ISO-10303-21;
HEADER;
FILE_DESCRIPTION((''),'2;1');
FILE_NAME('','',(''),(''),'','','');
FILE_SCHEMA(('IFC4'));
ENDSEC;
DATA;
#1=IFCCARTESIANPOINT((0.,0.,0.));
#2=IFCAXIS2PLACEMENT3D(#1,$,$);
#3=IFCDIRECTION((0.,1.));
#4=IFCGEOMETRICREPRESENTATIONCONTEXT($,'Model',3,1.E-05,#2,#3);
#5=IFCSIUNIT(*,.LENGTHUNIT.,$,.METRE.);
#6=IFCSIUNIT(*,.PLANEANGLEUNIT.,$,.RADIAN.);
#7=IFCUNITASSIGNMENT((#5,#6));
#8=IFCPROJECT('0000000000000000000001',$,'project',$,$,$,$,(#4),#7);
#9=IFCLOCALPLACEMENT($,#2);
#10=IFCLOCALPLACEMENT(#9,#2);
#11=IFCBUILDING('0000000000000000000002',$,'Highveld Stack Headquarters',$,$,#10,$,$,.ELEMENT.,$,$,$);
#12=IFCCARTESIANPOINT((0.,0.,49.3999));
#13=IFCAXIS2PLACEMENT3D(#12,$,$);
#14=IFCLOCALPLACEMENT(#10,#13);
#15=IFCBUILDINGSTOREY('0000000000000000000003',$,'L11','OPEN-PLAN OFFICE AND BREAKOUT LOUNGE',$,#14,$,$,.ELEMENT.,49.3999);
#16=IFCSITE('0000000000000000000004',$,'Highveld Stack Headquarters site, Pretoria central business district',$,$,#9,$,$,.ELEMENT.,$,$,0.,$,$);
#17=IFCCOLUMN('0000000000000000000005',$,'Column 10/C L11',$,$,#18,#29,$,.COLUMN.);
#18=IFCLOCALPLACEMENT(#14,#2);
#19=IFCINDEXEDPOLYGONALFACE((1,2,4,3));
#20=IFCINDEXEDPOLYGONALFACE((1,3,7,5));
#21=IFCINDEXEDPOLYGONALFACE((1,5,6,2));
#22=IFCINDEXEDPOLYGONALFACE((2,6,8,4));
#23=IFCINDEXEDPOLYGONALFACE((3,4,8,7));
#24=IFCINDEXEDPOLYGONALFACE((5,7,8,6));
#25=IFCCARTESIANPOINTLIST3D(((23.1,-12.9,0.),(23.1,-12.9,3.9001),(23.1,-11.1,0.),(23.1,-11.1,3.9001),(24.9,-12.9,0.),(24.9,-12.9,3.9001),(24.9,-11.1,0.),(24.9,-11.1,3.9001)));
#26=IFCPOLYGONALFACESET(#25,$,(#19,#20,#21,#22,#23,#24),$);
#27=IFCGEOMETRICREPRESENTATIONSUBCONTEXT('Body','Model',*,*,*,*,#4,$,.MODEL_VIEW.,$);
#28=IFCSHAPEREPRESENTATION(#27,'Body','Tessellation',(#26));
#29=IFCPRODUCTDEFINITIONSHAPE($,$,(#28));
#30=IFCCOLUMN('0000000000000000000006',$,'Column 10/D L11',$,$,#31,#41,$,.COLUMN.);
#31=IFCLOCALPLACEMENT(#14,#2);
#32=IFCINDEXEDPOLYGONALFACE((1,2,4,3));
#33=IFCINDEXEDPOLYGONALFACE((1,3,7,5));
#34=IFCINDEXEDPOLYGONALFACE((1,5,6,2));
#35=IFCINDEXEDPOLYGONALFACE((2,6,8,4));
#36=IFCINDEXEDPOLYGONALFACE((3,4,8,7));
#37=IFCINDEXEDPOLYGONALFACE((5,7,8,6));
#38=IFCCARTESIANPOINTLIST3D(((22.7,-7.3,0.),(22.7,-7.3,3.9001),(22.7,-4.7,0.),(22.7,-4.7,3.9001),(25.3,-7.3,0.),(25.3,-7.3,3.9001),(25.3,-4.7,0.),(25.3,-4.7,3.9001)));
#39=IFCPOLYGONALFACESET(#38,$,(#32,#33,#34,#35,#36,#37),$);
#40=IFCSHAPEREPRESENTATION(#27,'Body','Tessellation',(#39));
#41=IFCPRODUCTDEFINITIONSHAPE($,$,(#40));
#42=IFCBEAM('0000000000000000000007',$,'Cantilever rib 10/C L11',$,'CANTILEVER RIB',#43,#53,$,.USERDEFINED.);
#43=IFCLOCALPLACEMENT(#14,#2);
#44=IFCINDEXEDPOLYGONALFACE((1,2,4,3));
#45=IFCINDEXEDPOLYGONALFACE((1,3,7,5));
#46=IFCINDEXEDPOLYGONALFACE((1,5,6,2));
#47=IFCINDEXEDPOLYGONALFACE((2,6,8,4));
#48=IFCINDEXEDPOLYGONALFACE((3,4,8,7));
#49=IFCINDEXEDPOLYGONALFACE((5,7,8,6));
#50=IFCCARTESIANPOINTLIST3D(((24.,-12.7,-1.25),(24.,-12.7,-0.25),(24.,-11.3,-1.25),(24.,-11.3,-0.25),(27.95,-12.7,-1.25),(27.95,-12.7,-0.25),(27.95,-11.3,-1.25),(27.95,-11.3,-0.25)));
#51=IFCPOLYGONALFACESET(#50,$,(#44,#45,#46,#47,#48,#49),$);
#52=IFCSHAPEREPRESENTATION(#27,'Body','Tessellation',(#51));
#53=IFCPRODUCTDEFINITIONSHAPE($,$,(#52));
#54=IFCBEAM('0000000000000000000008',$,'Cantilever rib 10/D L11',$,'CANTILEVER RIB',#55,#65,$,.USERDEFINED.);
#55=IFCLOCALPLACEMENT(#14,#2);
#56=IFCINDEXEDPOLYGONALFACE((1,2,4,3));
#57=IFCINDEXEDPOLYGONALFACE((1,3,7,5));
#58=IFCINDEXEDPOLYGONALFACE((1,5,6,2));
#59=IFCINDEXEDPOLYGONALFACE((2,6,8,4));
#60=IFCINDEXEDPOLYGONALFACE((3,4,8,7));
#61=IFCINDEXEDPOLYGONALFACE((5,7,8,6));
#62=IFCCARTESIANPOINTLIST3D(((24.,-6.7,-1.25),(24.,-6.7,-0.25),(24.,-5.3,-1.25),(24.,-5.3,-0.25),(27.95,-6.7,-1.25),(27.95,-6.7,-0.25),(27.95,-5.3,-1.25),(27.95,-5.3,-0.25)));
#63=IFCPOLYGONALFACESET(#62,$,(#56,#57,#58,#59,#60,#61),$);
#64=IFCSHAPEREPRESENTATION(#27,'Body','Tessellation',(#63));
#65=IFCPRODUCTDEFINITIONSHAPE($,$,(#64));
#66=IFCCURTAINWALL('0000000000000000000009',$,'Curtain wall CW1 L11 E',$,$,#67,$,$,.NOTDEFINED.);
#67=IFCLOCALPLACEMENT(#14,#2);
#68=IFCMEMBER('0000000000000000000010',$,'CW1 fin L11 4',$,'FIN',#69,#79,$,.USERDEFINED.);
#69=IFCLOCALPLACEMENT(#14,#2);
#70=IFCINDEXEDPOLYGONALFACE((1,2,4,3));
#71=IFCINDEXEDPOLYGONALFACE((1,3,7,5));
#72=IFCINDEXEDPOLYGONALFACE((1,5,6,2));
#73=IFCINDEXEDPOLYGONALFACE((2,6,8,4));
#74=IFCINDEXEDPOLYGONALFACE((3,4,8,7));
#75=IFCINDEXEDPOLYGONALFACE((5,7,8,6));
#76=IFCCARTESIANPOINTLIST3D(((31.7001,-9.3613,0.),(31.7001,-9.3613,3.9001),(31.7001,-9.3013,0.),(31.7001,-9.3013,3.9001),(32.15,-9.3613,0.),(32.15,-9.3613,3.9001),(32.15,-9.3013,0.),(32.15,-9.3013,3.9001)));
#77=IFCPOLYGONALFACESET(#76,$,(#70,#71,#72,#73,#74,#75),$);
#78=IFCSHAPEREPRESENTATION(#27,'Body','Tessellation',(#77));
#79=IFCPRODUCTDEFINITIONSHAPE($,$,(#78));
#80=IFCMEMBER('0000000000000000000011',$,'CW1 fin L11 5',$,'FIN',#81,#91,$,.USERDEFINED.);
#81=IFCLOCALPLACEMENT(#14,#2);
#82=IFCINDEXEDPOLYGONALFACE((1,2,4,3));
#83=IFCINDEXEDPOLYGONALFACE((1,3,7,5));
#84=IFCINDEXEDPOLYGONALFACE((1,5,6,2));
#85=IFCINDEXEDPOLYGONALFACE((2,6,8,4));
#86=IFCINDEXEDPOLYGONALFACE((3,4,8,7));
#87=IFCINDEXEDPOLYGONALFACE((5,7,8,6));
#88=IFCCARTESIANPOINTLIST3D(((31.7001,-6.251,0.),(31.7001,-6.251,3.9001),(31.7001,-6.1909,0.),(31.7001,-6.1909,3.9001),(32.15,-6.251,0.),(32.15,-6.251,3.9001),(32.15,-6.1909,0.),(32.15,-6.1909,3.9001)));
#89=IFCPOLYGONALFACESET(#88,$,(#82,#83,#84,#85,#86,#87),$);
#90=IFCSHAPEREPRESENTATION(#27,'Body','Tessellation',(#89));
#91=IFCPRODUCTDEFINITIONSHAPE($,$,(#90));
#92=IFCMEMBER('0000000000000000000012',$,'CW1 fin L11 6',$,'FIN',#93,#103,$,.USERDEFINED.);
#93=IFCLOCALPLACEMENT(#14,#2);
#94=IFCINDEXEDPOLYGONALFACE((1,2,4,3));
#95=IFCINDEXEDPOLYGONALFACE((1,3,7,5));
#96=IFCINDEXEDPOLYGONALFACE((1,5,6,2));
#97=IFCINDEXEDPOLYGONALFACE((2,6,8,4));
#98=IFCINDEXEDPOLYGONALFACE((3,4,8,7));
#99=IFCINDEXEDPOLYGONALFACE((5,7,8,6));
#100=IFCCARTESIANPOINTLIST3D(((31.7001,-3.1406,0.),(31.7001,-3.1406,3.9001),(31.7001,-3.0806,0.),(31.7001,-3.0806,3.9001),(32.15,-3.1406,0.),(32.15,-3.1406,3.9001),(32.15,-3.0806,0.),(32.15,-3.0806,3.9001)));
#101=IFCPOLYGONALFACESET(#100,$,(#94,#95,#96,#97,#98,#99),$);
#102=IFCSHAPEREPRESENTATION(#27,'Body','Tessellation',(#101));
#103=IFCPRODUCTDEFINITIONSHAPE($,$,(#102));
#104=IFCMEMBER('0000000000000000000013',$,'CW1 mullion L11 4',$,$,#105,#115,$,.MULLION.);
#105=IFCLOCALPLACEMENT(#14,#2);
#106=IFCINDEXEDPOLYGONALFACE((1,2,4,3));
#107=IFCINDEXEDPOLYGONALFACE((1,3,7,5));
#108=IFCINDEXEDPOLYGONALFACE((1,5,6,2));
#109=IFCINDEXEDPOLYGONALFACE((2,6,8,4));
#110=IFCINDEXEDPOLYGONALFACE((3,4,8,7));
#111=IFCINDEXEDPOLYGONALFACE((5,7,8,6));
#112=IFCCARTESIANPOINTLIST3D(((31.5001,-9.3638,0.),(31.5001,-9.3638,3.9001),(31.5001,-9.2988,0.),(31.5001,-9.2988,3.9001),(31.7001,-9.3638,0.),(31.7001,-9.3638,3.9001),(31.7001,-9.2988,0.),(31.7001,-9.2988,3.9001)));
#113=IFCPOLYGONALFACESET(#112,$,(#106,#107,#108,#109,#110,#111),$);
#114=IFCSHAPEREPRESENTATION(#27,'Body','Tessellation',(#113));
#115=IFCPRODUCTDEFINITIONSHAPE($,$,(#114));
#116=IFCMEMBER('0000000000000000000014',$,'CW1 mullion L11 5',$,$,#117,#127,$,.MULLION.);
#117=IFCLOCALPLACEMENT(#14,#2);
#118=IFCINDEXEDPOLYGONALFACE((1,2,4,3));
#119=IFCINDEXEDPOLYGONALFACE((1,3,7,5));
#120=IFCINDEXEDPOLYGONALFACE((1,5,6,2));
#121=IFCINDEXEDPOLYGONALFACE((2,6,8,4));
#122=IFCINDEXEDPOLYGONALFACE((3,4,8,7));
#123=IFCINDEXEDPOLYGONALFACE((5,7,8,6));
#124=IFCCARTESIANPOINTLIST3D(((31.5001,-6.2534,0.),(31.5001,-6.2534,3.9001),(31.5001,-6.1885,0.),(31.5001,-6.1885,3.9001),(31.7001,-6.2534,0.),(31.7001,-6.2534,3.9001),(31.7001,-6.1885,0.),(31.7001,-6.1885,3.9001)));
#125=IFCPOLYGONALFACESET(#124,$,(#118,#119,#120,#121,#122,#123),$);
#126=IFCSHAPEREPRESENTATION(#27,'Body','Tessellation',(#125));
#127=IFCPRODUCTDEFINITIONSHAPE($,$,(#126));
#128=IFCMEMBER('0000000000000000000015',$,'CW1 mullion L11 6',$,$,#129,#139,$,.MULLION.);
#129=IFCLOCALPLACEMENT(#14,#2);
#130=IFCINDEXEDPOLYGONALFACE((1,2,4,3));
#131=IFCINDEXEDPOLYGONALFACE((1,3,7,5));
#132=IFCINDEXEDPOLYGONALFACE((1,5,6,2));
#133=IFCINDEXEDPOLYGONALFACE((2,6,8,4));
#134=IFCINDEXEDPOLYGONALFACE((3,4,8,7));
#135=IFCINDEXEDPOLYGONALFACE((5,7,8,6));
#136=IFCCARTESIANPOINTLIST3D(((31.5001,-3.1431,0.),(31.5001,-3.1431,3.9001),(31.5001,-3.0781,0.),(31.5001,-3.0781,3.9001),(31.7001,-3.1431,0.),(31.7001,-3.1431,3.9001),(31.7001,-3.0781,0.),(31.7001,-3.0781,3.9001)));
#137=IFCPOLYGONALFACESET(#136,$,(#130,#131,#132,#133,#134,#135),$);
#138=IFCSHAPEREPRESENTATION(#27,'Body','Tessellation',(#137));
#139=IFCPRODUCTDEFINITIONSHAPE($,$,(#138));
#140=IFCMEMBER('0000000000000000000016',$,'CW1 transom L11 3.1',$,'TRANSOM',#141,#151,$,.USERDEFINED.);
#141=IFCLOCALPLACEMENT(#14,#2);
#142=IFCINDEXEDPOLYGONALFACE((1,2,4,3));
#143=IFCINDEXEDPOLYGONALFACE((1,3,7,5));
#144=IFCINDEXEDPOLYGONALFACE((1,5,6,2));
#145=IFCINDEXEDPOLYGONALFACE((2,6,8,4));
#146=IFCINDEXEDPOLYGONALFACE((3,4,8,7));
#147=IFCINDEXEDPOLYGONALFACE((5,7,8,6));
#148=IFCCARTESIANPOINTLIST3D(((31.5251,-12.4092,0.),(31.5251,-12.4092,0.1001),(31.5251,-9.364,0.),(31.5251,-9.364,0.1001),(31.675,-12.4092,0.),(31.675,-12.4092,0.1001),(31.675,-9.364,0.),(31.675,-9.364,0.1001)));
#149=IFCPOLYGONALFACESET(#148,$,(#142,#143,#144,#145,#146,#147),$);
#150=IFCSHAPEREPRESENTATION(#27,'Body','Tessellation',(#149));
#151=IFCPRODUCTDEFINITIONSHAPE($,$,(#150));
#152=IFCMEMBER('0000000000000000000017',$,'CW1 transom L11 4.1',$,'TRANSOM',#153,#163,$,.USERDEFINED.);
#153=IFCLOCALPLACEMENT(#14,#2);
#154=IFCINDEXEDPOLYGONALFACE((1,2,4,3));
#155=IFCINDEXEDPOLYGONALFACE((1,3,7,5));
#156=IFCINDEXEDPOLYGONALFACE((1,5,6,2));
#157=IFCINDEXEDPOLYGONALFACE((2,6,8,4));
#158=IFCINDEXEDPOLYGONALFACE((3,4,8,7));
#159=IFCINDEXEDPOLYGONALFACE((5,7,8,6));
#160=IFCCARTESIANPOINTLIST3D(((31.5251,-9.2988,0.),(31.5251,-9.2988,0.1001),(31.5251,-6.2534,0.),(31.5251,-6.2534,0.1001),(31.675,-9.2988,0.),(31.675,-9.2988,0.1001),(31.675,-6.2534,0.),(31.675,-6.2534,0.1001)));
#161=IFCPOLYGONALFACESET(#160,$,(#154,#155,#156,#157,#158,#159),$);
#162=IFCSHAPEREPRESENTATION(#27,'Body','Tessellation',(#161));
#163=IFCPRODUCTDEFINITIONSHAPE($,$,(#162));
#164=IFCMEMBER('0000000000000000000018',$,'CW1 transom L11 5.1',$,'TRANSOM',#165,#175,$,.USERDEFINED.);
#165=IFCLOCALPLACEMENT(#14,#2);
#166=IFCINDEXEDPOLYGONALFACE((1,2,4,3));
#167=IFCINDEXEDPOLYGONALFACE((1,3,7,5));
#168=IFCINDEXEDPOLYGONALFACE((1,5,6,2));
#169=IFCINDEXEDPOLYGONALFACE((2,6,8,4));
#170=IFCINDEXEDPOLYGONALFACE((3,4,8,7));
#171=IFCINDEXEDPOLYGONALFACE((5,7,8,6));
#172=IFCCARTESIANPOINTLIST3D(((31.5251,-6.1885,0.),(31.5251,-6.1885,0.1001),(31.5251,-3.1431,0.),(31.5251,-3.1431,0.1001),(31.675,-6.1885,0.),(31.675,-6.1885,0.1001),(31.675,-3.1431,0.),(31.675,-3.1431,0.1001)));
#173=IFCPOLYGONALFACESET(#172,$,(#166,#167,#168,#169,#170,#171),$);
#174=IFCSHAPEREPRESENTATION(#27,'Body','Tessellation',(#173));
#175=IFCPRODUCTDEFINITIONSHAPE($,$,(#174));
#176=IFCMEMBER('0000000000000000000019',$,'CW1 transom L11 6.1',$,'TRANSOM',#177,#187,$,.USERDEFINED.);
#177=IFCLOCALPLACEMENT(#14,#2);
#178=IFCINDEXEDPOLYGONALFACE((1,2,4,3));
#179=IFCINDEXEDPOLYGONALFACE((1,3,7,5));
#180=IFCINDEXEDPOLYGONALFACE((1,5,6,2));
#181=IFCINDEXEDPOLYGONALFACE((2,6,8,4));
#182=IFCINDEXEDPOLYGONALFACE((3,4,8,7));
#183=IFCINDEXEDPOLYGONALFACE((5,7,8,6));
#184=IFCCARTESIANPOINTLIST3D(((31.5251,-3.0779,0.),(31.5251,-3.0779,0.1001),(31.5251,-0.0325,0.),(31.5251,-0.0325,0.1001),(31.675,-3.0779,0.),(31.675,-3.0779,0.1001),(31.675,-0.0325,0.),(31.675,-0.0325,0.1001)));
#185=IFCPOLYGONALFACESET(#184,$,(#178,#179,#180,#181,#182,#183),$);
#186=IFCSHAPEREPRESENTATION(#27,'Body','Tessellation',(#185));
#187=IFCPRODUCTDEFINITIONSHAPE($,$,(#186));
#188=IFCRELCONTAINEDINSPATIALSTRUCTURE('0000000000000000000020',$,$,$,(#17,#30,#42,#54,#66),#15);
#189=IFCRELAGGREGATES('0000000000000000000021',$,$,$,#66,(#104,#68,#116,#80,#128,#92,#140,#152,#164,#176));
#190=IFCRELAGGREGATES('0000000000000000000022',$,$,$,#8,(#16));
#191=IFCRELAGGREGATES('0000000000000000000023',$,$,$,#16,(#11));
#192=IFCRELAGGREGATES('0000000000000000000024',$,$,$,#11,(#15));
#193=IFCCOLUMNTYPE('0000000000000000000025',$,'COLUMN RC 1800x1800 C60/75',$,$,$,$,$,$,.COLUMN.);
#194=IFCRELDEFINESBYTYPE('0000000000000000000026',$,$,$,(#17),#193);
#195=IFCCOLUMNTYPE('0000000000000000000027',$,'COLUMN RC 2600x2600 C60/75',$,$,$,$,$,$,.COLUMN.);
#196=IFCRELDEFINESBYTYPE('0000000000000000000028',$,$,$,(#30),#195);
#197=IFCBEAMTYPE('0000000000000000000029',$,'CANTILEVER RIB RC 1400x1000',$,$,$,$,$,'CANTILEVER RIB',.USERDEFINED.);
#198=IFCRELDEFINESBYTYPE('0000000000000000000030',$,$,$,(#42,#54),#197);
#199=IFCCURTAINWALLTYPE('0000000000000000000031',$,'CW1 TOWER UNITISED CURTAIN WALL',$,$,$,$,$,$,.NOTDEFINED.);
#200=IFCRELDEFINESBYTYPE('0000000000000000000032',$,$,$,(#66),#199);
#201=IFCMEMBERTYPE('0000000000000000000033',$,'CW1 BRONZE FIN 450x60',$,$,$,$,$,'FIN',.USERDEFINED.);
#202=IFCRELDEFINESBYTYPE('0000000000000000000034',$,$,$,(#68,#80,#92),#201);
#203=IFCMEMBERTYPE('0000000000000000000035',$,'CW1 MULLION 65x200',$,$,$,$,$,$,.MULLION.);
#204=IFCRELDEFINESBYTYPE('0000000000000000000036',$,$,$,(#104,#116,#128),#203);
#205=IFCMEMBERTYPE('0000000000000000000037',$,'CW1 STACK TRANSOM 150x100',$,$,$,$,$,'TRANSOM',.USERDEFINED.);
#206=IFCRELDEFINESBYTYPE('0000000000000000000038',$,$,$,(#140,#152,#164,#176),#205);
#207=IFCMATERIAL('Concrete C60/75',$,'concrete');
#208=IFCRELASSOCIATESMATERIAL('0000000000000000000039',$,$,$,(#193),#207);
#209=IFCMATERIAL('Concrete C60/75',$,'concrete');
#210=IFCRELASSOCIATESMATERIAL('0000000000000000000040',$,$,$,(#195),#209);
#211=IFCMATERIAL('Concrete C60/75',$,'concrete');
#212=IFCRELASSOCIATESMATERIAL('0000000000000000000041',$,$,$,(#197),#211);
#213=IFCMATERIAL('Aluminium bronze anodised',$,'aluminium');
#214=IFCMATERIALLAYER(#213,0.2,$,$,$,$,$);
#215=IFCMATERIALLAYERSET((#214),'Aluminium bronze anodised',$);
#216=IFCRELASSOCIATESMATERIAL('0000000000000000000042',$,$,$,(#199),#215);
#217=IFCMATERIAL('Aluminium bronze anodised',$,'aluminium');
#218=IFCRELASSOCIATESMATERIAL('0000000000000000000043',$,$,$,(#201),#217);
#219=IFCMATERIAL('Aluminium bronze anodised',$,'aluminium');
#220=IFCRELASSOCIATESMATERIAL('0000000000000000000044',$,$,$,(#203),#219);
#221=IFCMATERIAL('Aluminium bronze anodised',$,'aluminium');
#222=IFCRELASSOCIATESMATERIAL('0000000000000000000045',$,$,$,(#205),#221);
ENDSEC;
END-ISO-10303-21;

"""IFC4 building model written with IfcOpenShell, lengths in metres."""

from ifc_helpers import new_model, si_unit, direction, frame, origin, origin_2d, place, context, subcontext, project, spatial, rectangle, extrude, material, layer, layer_set, material_profile, profile_set, type_object, element, aggregate, save


model = new_model("IFC4")

# Units and contexts
model_context = context("Model", 3, precision=1e-05, world=origin(), true_north=direction((0.0, 1.0)))
body_context = subcontext(model_context, "Body", "Model", "MODEL_VIEW")
ifc_project = project(units=[si_unit("LENGTHUNIT", "METRE"), si_unit("PLANEANGLEUNIT", "RADIAN")], contexts=[model_context])

# Site, building, storey
site_placement = place(None, origin())
site = spatial("IfcSite", under=ifc_project, at=site_placement, Name="Highveld Stack Headquarters site, Pretoria central business district", CompositionType="ELEMENT", RefElevation=0.0)
building_placement = place(site_placement, origin())
building = spatial("IfcBuilding", under=site, at=building_placement, Name="Highveld Stack Headquarters", CompositionType="ELEMENT")
storey_placement = place(building_placement, frame((0.0, 0.0, 49.3999)))
storey = spatial("IfcBuildingStorey", under=building, at=storey_placement, Name="L11", Description="OPEN-PLAN OFFICE AND BREAKOUT LOUNGE", CompositionType="ELEMENT", Elevation=49.3999)

# Columns
ifc_material_1 = material(Name="Concrete C60/75", Category="concrete")
ifc_material_profile_1 = material_profile(ifc_material_1, rectangle(XDim=1.8, YDim=1.8, at=origin_2d()), Name="RC 1800x1800")
ifc_profile_set_1 = profile_set([ifc_material_profile_1], Name="Concrete C60/75")
column_type_1 = type_object("IfcColumnType", Name="COLUMN RC 1800x1800 C60/75", PredefinedType="COLUMN", material=ifc_profile_set_1)
column_1_placement = place(storey_placement, frame((24.0, -12.0, 0.0), z_axis=(0.0, 0.0, 1.0), x_axis=(1.0, 0.0, 0.0)))
element("IfcColumn", 1, at=column_1_placement, inside=storey, type_object=column_type_1, Name="Column 10/C L11", PredefinedType="COLUMN", context=body_context, shape_type="SweptSolid", body=[
    extrude(rectangle(XDim=1.8, YDim=1.8, at=origin_2d()), origin(), (0.0, 0.0, 1.0), 3.9001),
])
ifc_material_2 = material(Name="Concrete C60/75", Category="concrete")
ifc_material_profile_2 = material_profile(ifc_material_2, rectangle(XDim=2.6001, YDim=2.6001, at=origin_2d()), Name="RC 2600x2600")
ifc_profile_set_2 = profile_set([ifc_material_profile_2], Name="Concrete C60/75")
column_type_2 = type_object("IfcColumnType", Name="COLUMN RC 2600x2600 C60/75", PredefinedType="COLUMN", material=ifc_profile_set_2)
column_2_placement = place(storey_placement, frame((24.0, -6.0, 0.0), z_axis=(0.0, 0.0, 1.0), x_axis=(1.0, 0.0, 0.0)))
element("IfcColumn", 2, at=column_2_placement, inside=storey, type_object=column_type_2, Name="Column 10/D L11", PredefinedType="COLUMN", context=body_context, shape_type="SweptSolid", body=[
    extrude(rectangle(XDim=2.6001, YDim=2.6001, at=origin_2d()), origin(), (0.0, 0.0, 1.0), 3.9001),
])

# Beams
ifc_material_3 = material(Name="Concrete C60/75", Category="concrete")
ifc_material_profile_3 = material_profile(ifc_material_3, rectangle(XDim=1.3999, YDim=1.0, at=origin_2d()), Name="RC 1400x1000")
ifc_profile_set_3 = profile_set([ifc_material_profile_3], Name="Concrete C60/75")
beam_type_1 = type_object("IfcBeamType", Name="CANTILEVER RIB RC 1400x1000", ElementType="CANTILEVER RIB", PredefinedType="USERDEFINED", material=ifc_profile_set_3)
for number, where, z_axis, x_axis, name in (
    (3, (24.0, -12.0, -0.75), (1.0, 0.0, 0.0), (0.0, 1.0, 0.0), "Cantilever rib 10/C L11"),
    (4, (24.0, -6.0, -0.75), (1.0, 0.0, 0.0), (0.0, 1.0, 0.0), "Cantilever rib 10/D L11"),
):
    element("IfcBeam", number, at=place(storey_placement, frame(where, z_axis=z_axis, x_axis=x_axis)), inside=storey, type_object=beam_type_1, Name=name, ObjectType="CANTILEVER RIB", PredefinedType="USERDEFINED", context=body_context, shape_type="SweptSolid", body=[
        extrude(rectangle(XDim=1.3999, YDim=1.0, at=origin_2d()), origin(), (0.0, 0.0, 1.0), 3.95),
    ])

# Curtain wall, members
ifc_material_4 = material(Name="Aluminium bronze anodised", Category="aluminium")
ifc_layer_1 = layer(ifc_material_4, 0.2)
ifc_layer_set_1 = layer_set([ifc_layer_1], Name="Aluminium bronze anodised")
curtain_wall_type = type_object("IfcCurtainWallType", Name="CW1 TOWER UNITISED CURTAIN WALL", PredefinedType="NOTDEFINED", material=ifc_layer_set_1)
curtain_wall_placement = place(storey_placement, origin())
curtain_wall = element("IfcCurtainWall", 5, at=curtain_wall_placement, inside=storey, type_object=curtain_wall_type, Name="Curtain wall CW1 L11 E", PredefinedType="NOTDEFINED")
ifc_material_5 = material(Name="Aluminium bronze anodised", Category="aluminium")
ifc_material_profile_4 = material_profile(ifc_material_5, rectangle(XDim=0.45, YDim=0.0601, at=origin_2d()), Name="FIN 450x60")
ifc_profile_set_4 = profile_set([ifc_material_profile_4], Name="Aluminium bronze anodised")
member_type_1 = type_object("IfcMemberType", Name="CW1 BRONZE FIN 450x60", ElementType="FIN", PredefinedType="USERDEFINED", material=ifc_profile_set_4)
member_1_placement = place(storey_placement, frame((31.925, -9.3313, 0.0), z_axis=(0.0, 0.0, 1.0), x_axis=(-1.0, 0.0, 0.0)))
member_1 = element("IfcMember", 6, at=member_1_placement, type_object=member_type_1, Name="CW1 fin L11 4", ObjectType="FIN", PredefinedType="USERDEFINED", context=body_context, shape_type="SweptSolid", body=[
    extrude(rectangle(XDim=0.45, YDim=0.0601, at=origin_2d()), origin(), (0.0, 0.0, 1.0), 3.9001),
])
member_2_placement = place(storey_placement, frame((31.925, -6.2209, 0.0), z_axis=(0.0, 0.0, 1.0), x_axis=(-1.0, 0.0, 0.0)))
member_2 = element("IfcMember", 7, at=member_2_placement, type_object=member_type_1, Name="CW1 fin L11 5", ObjectType="FIN", PredefinedType="USERDEFINED", context=body_context, shape_type="SweptSolid", body=[
    extrude(rectangle(XDim=0.45, YDim=0.0601, at=origin_2d()), origin(), (0.0, 0.0, 1.0), 3.9001),
])
member_3_placement = place(storey_placement, frame((31.925, -3.1106, 0.0), z_axis=(0.0, 0.0, 1.0), x_axis=(-1.0, 0.0, 0.0)))
member_3 = element("IfcMember", 8, at=member_3_placement, type_object=member_type_1, Name="CW1 fin L11 6", ObjectType="FIN", PredefinedType="USERDEFINED", context=body_context, shape_type="SweptSolid", body=[
    extrude(rectangle(XDim=0.45, YDim=0.0601, at=origin_2d()), origin(), (0.0, 0.0, 1.0), 3.9001),
])
ifc_material_6 = material(Name="Aluminium bronze anodised", Category="aluminium")
ifc_material_profile_5 = material_profile(ifc_material_6, rectangle(XDim=0.2, YDim=0.0649, at=origin_2d()), Name="CW1 MULLION 65x200")
ifc_profile_set_5 = profile_set([ifc_material_profile_5], Name="Aluminium bronze anodised")
member_type_2 = type_object("IfcMemberType", Name="CW1 MULLION 65x200", PredefinedType="MULLION", material=ifc_profile_set_5)
member_4_placement = place(storey_placement, frame((31.6001, -9.3313, 0.0), z_axis=(0.0, 0.0, 1.0), x_axis=(-1.0, 0.0, 0.0)))
member_4 = element("IfcMember", 9, at=member_4_placement, type_object=member_type_2, Name="CW1 mullion L11 4", PredefinedType="MULLION", context=body_context, shape_type="SweptSolid", body=[
    extrude(rectangle(XDim=0.2, YDim=0.0649, at=origin_2d()), origin(), (0.0, 0.0, 1.0), 3.9001),
])
member_5_placement = place(storey_placement, frame((31.6001, -6.2209, 0.0), z_axis=(0.0, 0.0, 1.0), x_axis=(-1.0, 0.0, 0.0)))
member_5 = element("IfcMember", 10, at=member_5_placement, type_object=member_type_2, Name="CW1 mullion L11 5", PredefinedType="MULLION", context=body_context, shape_type="SweptSolid", body=[
    extrude(rectangle(XDim=0.2, YDim=0.0649, at=origin_2d()), origin(), (0.0, 0.0, 1.0), 3.9001),
])
member_6_placement = place(storey_placement, frame((31.6001, -3.1106, 0.0), z_axis=(0.0, 0.0, 1.0), x_axis=(-1.0, 0.0, 0.0)))
member_6 = element("IfcMember", 11, at=member_6_placement, type_object=member_type_2, Name="CW1 mullion L11 6", PredefinedType="MULLION", context=body_context, shape_type="SweptSolid", body=[
    extrude(rectangle(XDim=0.2, YDim=0.0649, at=origin_2d()), origin(), (0.0, 0.0, 1.0), 3.9001),
])
ifc_material_7 = material(Name="Aluminium bronze anodised", Category="aluminium")
ifc_material_profile_6 = material_profile(ifc_material_7, rectangle(XDim=0.1499, YDim=0.1001, at=origin_2d()), Name="CW1 TRANSOM 150x100")
ifc_profile_set_6 = profile_set([ifc_material_profile_6], Name="Aluminium bronze anodised")
member_type_3 = type_object("IfcMemberType", Name="CW1 STACK TRANSOM 150x100", ElementType="TRANSOM", PredefinedType="USERDEFINED", material=ifc_profile_set_6)
member_7_placement = place(storey_placement, frame((31.6001, -12.4092, 0.05), z_axis=(0.0, 1.0, 0.0), x_axis=(-1.0, 0.0, 0.0)))
member_7 = element("IfcMember", 12, at=member_7_placement, type_object=member_type_3, Name="CW1 transom L11 3.1", ObjectType="TRANSOM", PredefinedType="USERDEFINED", context=body_context, shape_type="SweptSolid", body=[
    extrude(rectangle(XDim=0.1499, YDim=0.1001, at=origin_2d()), origin(), (0.0, 0.0, 1.0), 3.0452),
])
member_8_placement = place(storey_placement, frame((31.6001, -9.2988, 0.05), z_axis=(0.0, 1.0, 0.0), x_axis=(-1.0, 0.0, 0.0)))
member_8 = element("IfcMember", 13, at=member_8_placement, type_object=member_type_3, Name="CW1 transom L11 4.1", ObjectType="TRANSOM", PredefinedType="USERDEFINED", context=body_context, shape_type="SweptSolid", body=[
    extrude(rectangle(XDim=0.1499, YDim=0.1001, at=origin_2d()), origin(), (0.0, 0.0, 1.0), 3.0454),
])
member_9_placement = place(storey_placement, frame((31.6001, -6.1885, 0.05), z_axis=(0.0, 1.0, 0.0), x_axis=(-1.0, 0.0, 0.0)))
member_9 = element("IfcMember", 14, at=member_9_placement, type_object=member_type_3, Name="CW1 transom L11 5.1", ObjectType="TRANSOM", PredefinedType="USERDEFINED", context=body_context, shape_type="SweptSolid", body=[
    extrude(rectangle(XDim=0.1499, YDim=0.1001, at=origin_2d()), origin(), (0.0, 0.0, 1.0), 3.0454),
])
member_10_placement = place(storey_placement, frame((31.6001, -3.0779, 0.05), z_axis=(0.0, 1.0, 0.0), x_axis=(-1.0, 0.0, 0.0)))
member_10 = element("IfcMember", 15, at=member_10_placement, type_object=member_type_3, Name="CW1 transom L11 6.1", ObjectType="TRANSOM", PredefinedType="USERDEFINED", context=body_context, shape_type="SweptSolid", body=[
    extrude(rectangle(XDim=0.1499, YDim=0.1001, at=origin_2d()), origin(), (0.0, 0.0, 1.0), 3.0454),
])

aggregate(curtain_wall, [member_4, member_1, member_5, member_2, member_6, member_3, member_7, member_8, member_9, member_10])

save(model, "model.ifc")
